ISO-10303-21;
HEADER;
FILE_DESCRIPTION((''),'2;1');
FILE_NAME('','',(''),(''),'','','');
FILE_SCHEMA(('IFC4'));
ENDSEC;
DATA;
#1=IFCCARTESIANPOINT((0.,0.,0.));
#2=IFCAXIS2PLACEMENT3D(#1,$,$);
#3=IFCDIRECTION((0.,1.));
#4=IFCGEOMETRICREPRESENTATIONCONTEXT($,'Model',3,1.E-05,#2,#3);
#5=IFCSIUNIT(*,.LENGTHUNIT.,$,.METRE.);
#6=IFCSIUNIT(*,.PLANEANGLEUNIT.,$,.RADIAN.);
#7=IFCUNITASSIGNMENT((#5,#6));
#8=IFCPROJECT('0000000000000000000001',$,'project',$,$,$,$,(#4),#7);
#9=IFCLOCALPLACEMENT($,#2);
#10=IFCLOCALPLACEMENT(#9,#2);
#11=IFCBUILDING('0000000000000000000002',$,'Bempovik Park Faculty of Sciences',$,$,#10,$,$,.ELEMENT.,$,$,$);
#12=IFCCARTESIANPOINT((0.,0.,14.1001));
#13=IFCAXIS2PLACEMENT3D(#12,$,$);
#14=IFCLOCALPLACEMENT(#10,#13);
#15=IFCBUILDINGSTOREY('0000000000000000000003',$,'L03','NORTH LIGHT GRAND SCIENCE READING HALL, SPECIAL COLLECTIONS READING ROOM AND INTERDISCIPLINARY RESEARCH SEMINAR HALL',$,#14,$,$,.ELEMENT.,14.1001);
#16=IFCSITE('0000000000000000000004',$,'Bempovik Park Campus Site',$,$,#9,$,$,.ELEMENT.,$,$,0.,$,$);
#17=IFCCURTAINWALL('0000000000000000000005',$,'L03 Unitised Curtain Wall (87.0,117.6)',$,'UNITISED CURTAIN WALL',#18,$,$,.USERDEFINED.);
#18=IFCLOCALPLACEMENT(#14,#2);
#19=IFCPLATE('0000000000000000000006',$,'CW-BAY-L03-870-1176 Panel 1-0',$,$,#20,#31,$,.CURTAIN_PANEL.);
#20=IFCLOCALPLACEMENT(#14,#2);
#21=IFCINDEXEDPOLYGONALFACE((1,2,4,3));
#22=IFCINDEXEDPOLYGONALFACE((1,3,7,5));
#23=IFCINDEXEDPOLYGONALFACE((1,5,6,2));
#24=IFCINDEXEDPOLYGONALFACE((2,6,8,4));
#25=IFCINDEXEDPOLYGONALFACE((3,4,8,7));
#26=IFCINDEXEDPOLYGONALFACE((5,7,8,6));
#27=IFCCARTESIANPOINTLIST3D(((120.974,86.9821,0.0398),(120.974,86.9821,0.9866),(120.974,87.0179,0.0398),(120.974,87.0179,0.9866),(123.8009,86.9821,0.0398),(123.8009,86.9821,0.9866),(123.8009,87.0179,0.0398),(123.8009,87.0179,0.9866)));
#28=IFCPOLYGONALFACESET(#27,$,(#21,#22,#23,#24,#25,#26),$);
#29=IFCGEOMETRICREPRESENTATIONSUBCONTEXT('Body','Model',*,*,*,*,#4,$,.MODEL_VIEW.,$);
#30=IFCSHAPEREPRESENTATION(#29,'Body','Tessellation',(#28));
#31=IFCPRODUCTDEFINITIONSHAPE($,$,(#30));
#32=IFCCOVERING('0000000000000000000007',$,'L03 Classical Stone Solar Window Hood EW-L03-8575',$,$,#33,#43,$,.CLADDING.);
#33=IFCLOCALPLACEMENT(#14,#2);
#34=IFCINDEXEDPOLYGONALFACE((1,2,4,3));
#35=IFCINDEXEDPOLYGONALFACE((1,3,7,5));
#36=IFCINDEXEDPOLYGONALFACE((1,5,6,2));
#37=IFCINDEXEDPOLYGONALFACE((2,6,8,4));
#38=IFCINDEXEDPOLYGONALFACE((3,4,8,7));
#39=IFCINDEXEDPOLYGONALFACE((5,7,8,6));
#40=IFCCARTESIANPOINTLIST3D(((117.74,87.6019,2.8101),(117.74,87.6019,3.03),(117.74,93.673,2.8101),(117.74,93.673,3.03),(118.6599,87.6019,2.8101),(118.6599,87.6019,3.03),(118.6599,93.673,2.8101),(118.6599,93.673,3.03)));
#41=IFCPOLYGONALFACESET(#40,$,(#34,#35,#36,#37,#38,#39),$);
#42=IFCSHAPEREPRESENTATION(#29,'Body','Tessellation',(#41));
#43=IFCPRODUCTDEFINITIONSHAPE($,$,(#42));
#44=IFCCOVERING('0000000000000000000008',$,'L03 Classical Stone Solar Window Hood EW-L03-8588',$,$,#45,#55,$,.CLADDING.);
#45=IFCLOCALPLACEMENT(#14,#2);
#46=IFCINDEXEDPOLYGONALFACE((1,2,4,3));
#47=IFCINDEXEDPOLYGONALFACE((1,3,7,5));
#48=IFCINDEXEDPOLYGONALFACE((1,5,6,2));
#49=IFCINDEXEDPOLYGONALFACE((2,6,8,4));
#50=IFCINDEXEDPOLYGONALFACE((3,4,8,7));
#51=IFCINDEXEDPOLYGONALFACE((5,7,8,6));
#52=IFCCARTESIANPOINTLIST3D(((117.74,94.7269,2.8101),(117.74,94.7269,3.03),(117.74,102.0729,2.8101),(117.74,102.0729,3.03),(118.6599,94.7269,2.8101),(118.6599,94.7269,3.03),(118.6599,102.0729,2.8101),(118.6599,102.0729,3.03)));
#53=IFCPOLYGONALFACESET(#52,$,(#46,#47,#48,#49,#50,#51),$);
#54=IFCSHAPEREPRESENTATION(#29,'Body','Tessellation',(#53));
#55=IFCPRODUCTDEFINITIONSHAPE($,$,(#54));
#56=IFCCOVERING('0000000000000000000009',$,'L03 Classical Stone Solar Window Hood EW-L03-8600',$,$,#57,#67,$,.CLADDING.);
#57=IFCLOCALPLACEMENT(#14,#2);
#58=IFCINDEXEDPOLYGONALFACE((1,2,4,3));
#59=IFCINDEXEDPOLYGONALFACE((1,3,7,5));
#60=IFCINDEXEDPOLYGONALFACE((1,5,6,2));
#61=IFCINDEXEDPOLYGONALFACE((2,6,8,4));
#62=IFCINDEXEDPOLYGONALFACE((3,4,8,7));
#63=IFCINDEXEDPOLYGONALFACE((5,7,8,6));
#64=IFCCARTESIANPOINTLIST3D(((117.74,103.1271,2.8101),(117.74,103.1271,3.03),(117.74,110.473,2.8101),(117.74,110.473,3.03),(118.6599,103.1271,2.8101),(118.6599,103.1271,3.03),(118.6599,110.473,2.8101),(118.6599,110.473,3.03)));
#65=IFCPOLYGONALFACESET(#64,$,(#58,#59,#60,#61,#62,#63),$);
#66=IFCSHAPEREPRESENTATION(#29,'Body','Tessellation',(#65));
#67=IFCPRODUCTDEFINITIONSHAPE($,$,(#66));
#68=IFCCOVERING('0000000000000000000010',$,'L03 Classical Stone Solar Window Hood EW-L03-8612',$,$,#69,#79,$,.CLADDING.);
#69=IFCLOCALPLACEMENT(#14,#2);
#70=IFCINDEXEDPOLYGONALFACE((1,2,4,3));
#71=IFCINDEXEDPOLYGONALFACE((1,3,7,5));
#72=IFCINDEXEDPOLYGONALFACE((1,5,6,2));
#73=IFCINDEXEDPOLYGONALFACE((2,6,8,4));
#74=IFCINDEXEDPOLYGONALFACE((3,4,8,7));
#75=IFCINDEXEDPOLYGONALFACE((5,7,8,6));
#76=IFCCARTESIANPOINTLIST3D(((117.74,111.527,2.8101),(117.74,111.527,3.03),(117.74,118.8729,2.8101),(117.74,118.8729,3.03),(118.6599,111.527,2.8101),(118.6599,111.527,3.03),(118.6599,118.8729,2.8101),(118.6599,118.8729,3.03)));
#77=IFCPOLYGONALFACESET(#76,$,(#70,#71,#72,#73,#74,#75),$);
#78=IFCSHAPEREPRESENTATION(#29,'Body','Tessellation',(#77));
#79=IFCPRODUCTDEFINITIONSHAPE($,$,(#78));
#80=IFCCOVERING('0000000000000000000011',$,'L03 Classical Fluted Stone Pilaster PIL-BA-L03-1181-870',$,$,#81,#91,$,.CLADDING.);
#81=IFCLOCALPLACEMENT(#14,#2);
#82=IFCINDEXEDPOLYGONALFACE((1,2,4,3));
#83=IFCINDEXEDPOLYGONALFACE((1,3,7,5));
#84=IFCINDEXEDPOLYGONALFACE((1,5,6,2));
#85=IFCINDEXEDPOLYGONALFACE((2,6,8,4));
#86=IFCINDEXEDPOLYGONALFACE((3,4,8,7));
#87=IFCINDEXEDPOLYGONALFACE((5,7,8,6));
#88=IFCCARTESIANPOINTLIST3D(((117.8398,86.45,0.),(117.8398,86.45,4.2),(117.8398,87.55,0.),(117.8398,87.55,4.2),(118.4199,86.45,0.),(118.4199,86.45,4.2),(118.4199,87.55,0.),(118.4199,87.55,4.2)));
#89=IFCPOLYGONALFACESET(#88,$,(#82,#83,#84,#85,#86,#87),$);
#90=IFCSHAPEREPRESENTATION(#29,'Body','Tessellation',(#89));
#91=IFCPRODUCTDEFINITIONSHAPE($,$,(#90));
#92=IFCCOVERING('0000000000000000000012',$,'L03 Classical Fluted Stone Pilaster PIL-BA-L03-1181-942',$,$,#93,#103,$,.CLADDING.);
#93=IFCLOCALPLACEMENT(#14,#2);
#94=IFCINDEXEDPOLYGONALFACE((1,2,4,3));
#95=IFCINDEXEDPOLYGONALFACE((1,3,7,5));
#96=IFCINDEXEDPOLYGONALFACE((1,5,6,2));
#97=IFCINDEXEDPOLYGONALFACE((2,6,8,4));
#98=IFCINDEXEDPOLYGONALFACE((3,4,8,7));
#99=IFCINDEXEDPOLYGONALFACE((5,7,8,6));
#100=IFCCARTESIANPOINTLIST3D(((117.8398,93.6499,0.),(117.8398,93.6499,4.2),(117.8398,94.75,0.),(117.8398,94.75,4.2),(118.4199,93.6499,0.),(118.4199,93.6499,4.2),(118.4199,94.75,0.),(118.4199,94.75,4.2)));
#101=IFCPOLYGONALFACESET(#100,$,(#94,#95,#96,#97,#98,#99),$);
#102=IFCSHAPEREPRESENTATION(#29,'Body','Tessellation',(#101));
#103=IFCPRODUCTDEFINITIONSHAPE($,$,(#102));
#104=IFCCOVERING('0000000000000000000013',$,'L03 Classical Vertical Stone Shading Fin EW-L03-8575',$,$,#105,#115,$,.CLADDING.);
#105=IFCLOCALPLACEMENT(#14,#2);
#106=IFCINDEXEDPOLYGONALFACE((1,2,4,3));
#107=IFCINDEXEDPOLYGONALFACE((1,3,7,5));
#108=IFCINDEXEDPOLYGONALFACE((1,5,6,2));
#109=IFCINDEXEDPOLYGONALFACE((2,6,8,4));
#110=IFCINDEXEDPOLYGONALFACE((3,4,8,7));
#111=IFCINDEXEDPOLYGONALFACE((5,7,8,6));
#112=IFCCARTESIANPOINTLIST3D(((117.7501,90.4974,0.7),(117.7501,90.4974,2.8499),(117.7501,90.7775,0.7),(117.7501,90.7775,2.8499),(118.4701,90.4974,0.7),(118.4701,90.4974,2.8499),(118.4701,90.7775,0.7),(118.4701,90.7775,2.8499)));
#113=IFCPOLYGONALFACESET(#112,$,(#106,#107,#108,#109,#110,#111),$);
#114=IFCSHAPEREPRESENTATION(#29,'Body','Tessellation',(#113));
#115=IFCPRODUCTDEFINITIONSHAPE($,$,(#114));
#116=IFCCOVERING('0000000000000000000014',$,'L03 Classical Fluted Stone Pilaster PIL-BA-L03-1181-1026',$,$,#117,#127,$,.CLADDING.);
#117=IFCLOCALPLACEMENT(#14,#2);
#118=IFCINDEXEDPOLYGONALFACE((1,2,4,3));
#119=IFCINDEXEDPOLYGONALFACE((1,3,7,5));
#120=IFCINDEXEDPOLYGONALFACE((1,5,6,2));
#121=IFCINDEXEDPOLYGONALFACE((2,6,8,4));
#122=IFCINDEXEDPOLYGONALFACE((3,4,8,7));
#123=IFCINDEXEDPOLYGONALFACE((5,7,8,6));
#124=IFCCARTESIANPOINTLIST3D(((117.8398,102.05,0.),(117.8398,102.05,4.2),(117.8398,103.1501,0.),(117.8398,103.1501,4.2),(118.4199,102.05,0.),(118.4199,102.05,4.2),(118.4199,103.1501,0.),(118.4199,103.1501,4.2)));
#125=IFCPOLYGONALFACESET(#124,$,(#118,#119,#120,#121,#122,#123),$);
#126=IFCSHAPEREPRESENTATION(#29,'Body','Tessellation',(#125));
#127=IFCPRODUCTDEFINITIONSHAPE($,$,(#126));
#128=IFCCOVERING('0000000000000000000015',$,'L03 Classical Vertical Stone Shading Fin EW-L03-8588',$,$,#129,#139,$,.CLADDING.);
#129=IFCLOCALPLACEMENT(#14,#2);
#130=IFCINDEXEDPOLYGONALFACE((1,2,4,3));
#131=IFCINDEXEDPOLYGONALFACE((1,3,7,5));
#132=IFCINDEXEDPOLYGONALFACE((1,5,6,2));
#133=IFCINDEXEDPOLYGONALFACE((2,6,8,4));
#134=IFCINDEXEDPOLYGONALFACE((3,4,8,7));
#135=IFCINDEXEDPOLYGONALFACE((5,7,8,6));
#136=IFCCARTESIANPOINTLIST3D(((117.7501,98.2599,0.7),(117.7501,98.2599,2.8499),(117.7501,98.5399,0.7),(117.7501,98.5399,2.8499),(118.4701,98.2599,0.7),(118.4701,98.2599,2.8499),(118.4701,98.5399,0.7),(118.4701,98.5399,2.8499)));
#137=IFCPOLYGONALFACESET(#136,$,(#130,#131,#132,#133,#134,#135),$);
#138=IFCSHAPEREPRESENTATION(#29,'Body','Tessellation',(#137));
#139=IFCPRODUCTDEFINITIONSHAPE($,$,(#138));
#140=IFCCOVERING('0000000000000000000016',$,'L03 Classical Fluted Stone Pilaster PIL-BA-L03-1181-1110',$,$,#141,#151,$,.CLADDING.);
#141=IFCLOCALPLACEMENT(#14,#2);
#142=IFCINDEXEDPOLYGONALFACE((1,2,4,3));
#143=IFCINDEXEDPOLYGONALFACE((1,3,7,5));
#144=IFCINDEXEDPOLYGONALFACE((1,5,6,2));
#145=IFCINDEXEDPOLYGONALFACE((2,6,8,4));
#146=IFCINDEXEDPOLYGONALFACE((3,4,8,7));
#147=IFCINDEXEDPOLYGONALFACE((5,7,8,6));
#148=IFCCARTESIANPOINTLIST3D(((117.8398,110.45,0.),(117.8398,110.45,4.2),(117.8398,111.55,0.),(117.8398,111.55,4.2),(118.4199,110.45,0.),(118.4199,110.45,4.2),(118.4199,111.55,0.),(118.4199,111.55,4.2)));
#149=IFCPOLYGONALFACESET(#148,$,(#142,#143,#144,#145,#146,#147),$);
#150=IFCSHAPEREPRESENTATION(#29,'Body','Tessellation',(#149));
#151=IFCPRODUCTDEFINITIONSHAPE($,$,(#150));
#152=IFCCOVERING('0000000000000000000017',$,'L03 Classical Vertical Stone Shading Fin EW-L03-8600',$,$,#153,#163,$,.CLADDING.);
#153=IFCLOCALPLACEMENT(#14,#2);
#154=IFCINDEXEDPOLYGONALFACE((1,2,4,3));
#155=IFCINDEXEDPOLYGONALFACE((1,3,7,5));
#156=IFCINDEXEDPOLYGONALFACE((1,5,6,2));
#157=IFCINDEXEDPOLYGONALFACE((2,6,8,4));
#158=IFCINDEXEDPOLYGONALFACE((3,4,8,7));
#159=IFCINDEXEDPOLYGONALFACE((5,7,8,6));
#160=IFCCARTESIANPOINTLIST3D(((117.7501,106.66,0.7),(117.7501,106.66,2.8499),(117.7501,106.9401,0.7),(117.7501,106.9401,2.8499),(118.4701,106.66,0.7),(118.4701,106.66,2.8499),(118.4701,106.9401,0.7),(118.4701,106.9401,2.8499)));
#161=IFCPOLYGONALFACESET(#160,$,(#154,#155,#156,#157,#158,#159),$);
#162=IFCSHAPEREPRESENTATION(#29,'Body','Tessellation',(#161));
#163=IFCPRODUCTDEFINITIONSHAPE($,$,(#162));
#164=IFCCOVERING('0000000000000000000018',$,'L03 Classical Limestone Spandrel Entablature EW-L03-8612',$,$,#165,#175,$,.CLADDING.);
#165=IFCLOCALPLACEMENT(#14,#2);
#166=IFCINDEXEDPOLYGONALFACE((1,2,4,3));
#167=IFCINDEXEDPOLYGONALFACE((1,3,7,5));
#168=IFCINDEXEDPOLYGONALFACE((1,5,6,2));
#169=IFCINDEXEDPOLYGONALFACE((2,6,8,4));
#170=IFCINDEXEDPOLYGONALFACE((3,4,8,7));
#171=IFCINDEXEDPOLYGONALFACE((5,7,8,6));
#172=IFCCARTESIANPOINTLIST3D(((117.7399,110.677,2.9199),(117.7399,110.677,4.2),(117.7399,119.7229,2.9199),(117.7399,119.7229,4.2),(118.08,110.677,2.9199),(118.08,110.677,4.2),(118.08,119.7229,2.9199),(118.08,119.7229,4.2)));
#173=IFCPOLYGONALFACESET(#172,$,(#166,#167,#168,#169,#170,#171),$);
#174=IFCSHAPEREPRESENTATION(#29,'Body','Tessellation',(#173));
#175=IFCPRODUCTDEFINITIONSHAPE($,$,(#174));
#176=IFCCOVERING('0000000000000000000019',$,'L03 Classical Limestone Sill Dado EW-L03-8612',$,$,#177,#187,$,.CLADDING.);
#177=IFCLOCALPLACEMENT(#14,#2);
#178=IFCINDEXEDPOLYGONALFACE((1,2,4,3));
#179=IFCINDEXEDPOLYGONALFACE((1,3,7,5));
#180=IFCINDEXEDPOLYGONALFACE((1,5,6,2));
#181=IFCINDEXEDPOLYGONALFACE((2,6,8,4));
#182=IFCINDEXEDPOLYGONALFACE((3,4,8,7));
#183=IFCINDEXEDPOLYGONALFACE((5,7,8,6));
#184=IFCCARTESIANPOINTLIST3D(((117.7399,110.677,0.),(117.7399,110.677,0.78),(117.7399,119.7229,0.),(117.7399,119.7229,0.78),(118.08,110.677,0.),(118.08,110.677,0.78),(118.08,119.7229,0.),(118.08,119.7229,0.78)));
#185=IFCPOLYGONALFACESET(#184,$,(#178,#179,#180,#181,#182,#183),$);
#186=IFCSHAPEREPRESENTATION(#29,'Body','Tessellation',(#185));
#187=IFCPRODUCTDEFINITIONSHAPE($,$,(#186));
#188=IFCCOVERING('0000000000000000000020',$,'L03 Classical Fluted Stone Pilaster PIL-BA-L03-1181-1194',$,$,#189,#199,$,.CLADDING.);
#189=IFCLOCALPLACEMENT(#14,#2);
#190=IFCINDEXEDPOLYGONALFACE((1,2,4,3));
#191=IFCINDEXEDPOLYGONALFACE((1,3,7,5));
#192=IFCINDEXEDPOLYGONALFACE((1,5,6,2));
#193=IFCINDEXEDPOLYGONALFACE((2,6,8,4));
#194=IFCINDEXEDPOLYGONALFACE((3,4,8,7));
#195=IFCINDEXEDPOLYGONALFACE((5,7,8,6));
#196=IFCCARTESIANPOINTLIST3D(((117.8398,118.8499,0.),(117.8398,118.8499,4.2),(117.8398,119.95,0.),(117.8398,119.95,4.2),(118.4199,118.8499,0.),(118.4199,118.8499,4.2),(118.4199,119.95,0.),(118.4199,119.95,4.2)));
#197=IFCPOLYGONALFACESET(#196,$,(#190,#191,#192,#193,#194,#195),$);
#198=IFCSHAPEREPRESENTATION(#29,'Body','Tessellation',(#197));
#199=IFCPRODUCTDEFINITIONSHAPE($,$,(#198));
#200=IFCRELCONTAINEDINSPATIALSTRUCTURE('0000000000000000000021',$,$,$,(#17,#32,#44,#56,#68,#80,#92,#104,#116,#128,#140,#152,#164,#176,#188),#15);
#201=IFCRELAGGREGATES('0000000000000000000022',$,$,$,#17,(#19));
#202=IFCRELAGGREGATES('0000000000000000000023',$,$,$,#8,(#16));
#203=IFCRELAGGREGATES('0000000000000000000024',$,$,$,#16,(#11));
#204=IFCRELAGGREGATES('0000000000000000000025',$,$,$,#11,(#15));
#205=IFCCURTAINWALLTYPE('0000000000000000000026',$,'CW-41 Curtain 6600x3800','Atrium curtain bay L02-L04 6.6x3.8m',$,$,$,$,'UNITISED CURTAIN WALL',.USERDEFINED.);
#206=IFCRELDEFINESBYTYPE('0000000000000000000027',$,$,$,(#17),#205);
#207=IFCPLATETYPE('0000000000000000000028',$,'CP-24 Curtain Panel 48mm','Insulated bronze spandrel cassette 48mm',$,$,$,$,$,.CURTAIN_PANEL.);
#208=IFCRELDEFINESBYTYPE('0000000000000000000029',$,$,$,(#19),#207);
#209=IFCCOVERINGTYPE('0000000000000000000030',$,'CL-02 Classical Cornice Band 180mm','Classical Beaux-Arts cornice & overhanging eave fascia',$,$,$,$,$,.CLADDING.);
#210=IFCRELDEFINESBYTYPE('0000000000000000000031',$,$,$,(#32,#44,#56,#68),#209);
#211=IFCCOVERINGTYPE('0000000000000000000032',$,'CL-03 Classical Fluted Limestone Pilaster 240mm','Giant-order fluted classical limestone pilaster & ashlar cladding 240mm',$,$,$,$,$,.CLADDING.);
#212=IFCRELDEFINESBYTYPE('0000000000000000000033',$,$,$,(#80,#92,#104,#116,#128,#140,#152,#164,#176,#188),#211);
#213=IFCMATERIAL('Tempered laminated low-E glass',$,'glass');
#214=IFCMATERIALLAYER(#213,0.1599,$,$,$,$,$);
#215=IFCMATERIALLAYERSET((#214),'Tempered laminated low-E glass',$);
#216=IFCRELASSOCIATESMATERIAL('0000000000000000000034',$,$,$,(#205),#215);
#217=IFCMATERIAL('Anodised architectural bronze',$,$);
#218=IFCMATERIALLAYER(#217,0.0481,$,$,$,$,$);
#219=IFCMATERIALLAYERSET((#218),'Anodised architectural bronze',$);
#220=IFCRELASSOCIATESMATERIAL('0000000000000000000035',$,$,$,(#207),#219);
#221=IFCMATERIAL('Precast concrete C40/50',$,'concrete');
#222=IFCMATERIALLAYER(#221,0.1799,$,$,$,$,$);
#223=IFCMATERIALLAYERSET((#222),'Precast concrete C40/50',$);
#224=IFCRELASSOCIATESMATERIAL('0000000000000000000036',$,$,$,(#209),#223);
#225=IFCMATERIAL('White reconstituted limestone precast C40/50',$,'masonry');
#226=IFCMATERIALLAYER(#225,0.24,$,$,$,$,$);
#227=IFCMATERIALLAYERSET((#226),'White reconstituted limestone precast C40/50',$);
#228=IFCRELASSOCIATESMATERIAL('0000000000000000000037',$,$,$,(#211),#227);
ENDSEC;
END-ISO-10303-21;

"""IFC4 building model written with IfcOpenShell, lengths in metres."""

from ifc_helpers import new_model, si_unit, direction, frame, origin, origin_2d, place, context, subcontext, project, spatial, rectangle, extrude, material, layer, layer_set, type_object, element, aggregate, save


model = new_model("IFC4")

# Units and contexts
model_context = context("Model", 3, precision=1e-05, world=origin(), true_north=direction((0.0, 1.0)))
body_context = subcontext(model_context, "Body", "Model", "MODEL_VIEW")
ifc_project = project(units=[si_unit("LENGTHUNIT", "METRE"), si_unit("PLANEANGLEUNIT", "RADIAN")], contexts=[model_context])

# Site, building, storey
site_placement = place(None, origin())
site = spatial("IfcSite", under=ifc_project, at=site_placement, Name="Bempovik Park Campus Site", CompositionType="ELEMENT", RefElevation=0.0)
building_placement = place(site_placement, origin())
building = spatial("IfcBuilding", under=site, at=building_placement, Name="Bempovik Park Faculty of Sciences", CompositionType="ELEMENT")
storey_placement = place(building_placement, frame((0.0, 0.0, 14.1001)))
storey = spatial("IfcBuildingStorey", under=building, at=storey_placement, Name="L03", Description="NORTH LIGHT GRAND SCIENCE READING HALL, SPECIAL COLLECTIONS READING ROOM AND INTERDISCIPLINARY RESEARCH SEMINAR HALL", CompositionType="ELEMENT", Elevation=14.1001)

# Curtain wall, plate
ifc_material_1 = material(Name="Tempered laminated low-E glass", Category="glass")
ifc_layer_1 = layer(ifc_material_1, 0.1599)
ifc_layer_set_1 = layer_set([ifc_layer_1], Name="Tempered laminated low-E glass")
curtain_wall_type = type_object("IfcCurtainWallType", Name="CW-41 Curtain 6600x3800", Description="Atrium curtain bay L02-L04 6.6x3.8m", ElementType="UNITISED CURTAIN WALL", PredefinedType="USERDEFINED", material=ifc_layer_set_1)
curtain_wall_placement = place(storey_placement, origin())
curtain_wall = element("IfcCurtainWall", 1, at=curtain_wall_placement, inside=storey, type_object=curtain_wall_type, Name="L03 Unitised Curtain Wall (87.0,117.6)", ObjectType="UNITISED CURTAIN WALL", PredefinedType="USERDEFINED")
ifc_material_2 = material(Name="Anodised architectural bronze")
ifc_layer_2 = layer(ifc_material_2, 0.0481)
ifc_layer_set_2 = layer_set([ifc_layer_2], Name="Anodised architectural bronze")
plate_type_1 = type_object("IfcPlateType", Name="CP-24 Curtain Panel 48mm", Description="Insulated bronze spandrel cassette 48mm", PredefinedType="CURTAIN_PANEL", material=ifc_layer_set_2)
plate_1_placement = place(storey_placement, frame((122.3875, 87.0, 0.0398), z_axis=(0.0, 0.0, 1.0), x_axis=(1.0, 0.0, 0.0)))
plate_1 = element("IfcPlate", 2, at=plate_1_placement, type_object=plate_type_1, Name="CW-BAY-L03-870-1176 Panel 1-0", PredefinedType="CURTAIN_PANEL", context=body_context, shape_type="SweptSolid", body=[
    extrude(rectangle(XDim=2.8269, YDim=0.0359, at=origin_2d()), origin(), (0.0, 0.0, 1.0), 0.9468),
])
aggregate(curtain_wall, [plate_1])

# Coverings
ifc_material_3 = material(Name="Precast concrete C40/50", Category="concrete")
ifc_layer_3 = layer(ifc_material_3, 0.1799)
ifc_layer_set_3 = layer_set([ifc_layer_3], Name="Precast concrete C40/50")
covering_type_1 = type_object("IfcCoveringType", Name="CL-02 Classical Cornice Band 180mm", Description="Classical Beaux-Arts cornice & overhanging eave fascia", PredefinedType="CLADDING", material=ifc_layer_set_3)
covering_1_placement = place(storey_placement, frame((118.2, 90.6375, 2.8101), z_axis=(0.0, 0.0, 1.0), x_axis=(1.0, 0.0, 0.0)))
element("IfcCovering", 3, at=covering_1_placement, inside=storey, type_object=covering_type_1, Name="L03 Classical Stone Solar Window Hood EW-L03-8575", PredefinedType="CLADDING", context=body_context, shape_type="SweptSolid", body=[
    extrude(rectangle(XDim=0.9199, YDim=6.071, at=origin_2d()), origin(), (0.0, 0.0, 1.0), 0.22),
])
for number, where, z_axis, x_axis, name in (
    (4, (118.2, 98.3999, 2.8101), (0.0, 0.0, 1.0), (1.0, 0.0, 0.0), "L03 Classical Stone Solar Window Hood EW-L03-8588"),
    (5, (118.2, 106.8, 2.8101), (0.0, 0.0, 1.0), (1.0, 0.0, 0.0), "L03 Classical Stone Solar Window Hood EW-L03-8600"),
    (6, (118.2, 115.2, 2.8101), (0.0, 0.0, 1.0), (1.0, 0.0, 0.0), "L03 Classical Stone Solar Window Hood EW-L03-8612"),
):
    element("IfcCovering", number, at=place(storey_placement, frame(where, z_axis=z_axis, x_axis=x_axis)), inside=storey, type_object=covering_type_1, Name=name, PredefinedType="CLADDING", context=body_context, shape_type="SweptSolid", body=[
        extrude(rectangle(XDim=0.9199, YDim=7.3459, at=origin_2d()), origin(), (0.0, 0.0, 1.0), 0.22),
    ])
ifc_material_4 = material(Name="White reconstituted limestone precast C40/50", Category="masonry")
ifc_layer_4 = layer(ifc_material_4, 0.24)
ifc_layer_set_4 = layer_set([ifc_layer_4], Name="White reconstituted limestone precast C40/50")
covering_type_2 = type_object("IfcCoveringType", Name="CL-03 Classical Fluted Limestone Pilaster 240mm", Description="Giant-order fluted classical limestone pilaster & ashlar cladding 240mm", PredefinedType="CLADDING", material=ifc_layer_set_4)
for number, where, z_axis, x_axis, name in (
    (7, (118.1299, 87.0, 0.0), (0.0, 0.0, 1.0), (1.0, 0.0, 0.0), "L03 Classical Fluted Stone Pilaster PIL-BA-L03-1181-870"),
    (8, (118.1299, 94.2, 0.0), (0.0, 0.0, 1.0), (1.0, 0.0, 0.0), "L03 Classical Fluted Stone Pilaster PIL-BA-L03-1181-942"),
):
    element("IfcCovering", number, at=place(storey_placement, frame(where, z_axis=z_axis, x_axis=x_axis)), inside=storey, type_object=covering_type_2, Name=name, PredefinedType="CLADDING", context=body_context, shape_type="SweptSolid", body=[
        extrude(rectangle(XDim=0.5801, YDim=1.1001, at=origin_2d()), origin(), (0.0, 0.0, 1.0), 4.2),
    ])
covering_2_placement = place(storey_placement, frame((118.1101, 90.6375, 0.7), z_axis=(0.0, 0.0, 1.0), x_axis=(1.0, 0.0, 0.0)))
element("IfcCovering", 9, at=covering_2_placement, inside=storey, type_object=covering_type_2, Name="L03 Classical Vertical Stone Shading Fin EW-L03-8575", PredefinedType="CLADDING", context=body_context, shape_type="SweptSolid", body=[
    extrude(rectangle(XDim=0.72, YDim=0.28, at=origin_2d()), origin(), (0.0, 0.0, 1.0), 2.1499),
])
covering_3_placement = place(storey_placement, frame((118.1299, 102.6001, 0.0), z_axis=(0.0, 0.0, 1.0), x_axis=(1.0, 0.0, 0.0)))
element("IfcCovering", 10, at=covering_3_placement, inside=storey, type_object=covering_type_2, Name="L03 Classical Fluted Stone Pilaster PIL-BA-L03-1181-1026", PredefinedType="CLADDING", context=body_context, shape_type="SweptSolid", body=[
    extrude(rectangle(XDim=0.5801, YDim=1.1001, at=origin_2d()), origin(), (0.0, 0.0, 1.0), 4.2),
])
covering_4_placement = place(storey_placement, frame((118.1101, 98.3999, 0.7), z_axis=(0.0, 0.0, 1.0), x_axis=(1.0, 0.0, 0.0)))
element("IfcCovering", 11, at=covering_4_placement, inside=storey, type_object=covering_type_2, Name="L03 Classical Vertical Stone Shading Fin EW-L03-8588", PredefinedType="CLADDING", context=body_context, shape_type="SweptSolid", body=[
    extrude(rectangle(XDim=0.72, YDim=0.28, at=origin_2d()), origin(), (0.0, 0.0, 1.0), 2.1499),
])
covering_5_placement = place(storey_placement, frame((118.1299, 111.0, 0.0), z_axis=(0.0, 0.0, 1.0), x_axis=(1.0, 0.0, 0.0)))
element("IfcCovering", 12, at=covering_5_placement, inside=storey, type_object=covering_type_2, Name="L03 Classical Fluted Stone Pilaster PIL-BA-L03-1181-1110", PredefinedType="CLADDING", context=body_context, shape_type="SweptSolid", body=[
    extrude(rectangle(XDim=0.5801, YDim=1.1001, at=origin_2d()), origin(), (0.0, 0.0, 1.0), 4.2),
])
covering_6_placement = place(storey_placement, frame((118.1101, 106.8, 0.7), z_axis=(0.0, 0.0, 1.0), x_axis=(1.0, 0.0, 0.0)))
element("IfcCovering", 13, at=covering_6_placement, inside=storey, type_object=covering_type_2, Name="L03 Classical Vertical Stone Shading Fin EW-L03-8600", PredefinedType="CLADDING", context=body_context, shape_type="SweptSolid", body=[
    extrude(rectangle(XDim=0.72, YDim=0.28, at=origin_2d()), origin(), (0.0, 0.0, 1.0), 2.1499),
])
covering_7_placement = place(storey_placement, frame((117.9099, 115.2, 2.9199), z_axis=(0.0, 0.0, 1.0), x_axis=(1.0, 0.0, 0.0)))
element("IfcCovering", 14, at=covering_7_placement, inside=storey, type_object=covering_type_2, Name="L03 Classical Limestone Spandrel Entablature EW-L03-8612", PredefinedType="CLADDING", context=body_context, shape_type="SweptSolid", body=[
    extrude(rectangle(XDim=0.3401, YDim=9.0459, at=origin_2d()), origin(), (0.0, 0.0, 1.0), 1.28),
])
covering_8_placement = place(storey_placement, frame((117.9099, 115.2, 0.0), z_axis=(0.0, 0.0, 1.0), x_axis=(1.0, 0.0, 0.0)))
element("IfcCovering", 15, at=covering_8_placement, inside=storey, type_object=covering_type_2, Name="L03 Classical Limestone Sill Dado EW-L03-8612", PredefinedType="CLADDING", context=body_context, shape_type="SweptSolid", body=[
    extrude(rectangle(XDim=0.3401, YDim=9.0459, at=origin_2d()), origin(), (0.0, 0.0, 1.0), 0.78),
])
covering_9_placement = place(storey_placement, frame((118.1299, 119.3999, 0.0), z_axis=(0.0, 0.0, 1.0), x_axis=(1.0, 0.0, 0.0)))
element("IfcCovering", 16, at=covering_9_placement, inside=storey, type_object=covering_type_2, Name="L03 Classical Fluted Stone Pilaster PIL-BA-L03-1181-1194", PredefinedType="CLADDING", context=body_context, shape_type="SweptSolid", body=[
    extrude(rectangle(XDim=0.5801, YDim=1.1001, at=origin_2d()), origin(), (0.0, 0.0, 1.0), 4.2),
])

save(model, "model.ifc")
